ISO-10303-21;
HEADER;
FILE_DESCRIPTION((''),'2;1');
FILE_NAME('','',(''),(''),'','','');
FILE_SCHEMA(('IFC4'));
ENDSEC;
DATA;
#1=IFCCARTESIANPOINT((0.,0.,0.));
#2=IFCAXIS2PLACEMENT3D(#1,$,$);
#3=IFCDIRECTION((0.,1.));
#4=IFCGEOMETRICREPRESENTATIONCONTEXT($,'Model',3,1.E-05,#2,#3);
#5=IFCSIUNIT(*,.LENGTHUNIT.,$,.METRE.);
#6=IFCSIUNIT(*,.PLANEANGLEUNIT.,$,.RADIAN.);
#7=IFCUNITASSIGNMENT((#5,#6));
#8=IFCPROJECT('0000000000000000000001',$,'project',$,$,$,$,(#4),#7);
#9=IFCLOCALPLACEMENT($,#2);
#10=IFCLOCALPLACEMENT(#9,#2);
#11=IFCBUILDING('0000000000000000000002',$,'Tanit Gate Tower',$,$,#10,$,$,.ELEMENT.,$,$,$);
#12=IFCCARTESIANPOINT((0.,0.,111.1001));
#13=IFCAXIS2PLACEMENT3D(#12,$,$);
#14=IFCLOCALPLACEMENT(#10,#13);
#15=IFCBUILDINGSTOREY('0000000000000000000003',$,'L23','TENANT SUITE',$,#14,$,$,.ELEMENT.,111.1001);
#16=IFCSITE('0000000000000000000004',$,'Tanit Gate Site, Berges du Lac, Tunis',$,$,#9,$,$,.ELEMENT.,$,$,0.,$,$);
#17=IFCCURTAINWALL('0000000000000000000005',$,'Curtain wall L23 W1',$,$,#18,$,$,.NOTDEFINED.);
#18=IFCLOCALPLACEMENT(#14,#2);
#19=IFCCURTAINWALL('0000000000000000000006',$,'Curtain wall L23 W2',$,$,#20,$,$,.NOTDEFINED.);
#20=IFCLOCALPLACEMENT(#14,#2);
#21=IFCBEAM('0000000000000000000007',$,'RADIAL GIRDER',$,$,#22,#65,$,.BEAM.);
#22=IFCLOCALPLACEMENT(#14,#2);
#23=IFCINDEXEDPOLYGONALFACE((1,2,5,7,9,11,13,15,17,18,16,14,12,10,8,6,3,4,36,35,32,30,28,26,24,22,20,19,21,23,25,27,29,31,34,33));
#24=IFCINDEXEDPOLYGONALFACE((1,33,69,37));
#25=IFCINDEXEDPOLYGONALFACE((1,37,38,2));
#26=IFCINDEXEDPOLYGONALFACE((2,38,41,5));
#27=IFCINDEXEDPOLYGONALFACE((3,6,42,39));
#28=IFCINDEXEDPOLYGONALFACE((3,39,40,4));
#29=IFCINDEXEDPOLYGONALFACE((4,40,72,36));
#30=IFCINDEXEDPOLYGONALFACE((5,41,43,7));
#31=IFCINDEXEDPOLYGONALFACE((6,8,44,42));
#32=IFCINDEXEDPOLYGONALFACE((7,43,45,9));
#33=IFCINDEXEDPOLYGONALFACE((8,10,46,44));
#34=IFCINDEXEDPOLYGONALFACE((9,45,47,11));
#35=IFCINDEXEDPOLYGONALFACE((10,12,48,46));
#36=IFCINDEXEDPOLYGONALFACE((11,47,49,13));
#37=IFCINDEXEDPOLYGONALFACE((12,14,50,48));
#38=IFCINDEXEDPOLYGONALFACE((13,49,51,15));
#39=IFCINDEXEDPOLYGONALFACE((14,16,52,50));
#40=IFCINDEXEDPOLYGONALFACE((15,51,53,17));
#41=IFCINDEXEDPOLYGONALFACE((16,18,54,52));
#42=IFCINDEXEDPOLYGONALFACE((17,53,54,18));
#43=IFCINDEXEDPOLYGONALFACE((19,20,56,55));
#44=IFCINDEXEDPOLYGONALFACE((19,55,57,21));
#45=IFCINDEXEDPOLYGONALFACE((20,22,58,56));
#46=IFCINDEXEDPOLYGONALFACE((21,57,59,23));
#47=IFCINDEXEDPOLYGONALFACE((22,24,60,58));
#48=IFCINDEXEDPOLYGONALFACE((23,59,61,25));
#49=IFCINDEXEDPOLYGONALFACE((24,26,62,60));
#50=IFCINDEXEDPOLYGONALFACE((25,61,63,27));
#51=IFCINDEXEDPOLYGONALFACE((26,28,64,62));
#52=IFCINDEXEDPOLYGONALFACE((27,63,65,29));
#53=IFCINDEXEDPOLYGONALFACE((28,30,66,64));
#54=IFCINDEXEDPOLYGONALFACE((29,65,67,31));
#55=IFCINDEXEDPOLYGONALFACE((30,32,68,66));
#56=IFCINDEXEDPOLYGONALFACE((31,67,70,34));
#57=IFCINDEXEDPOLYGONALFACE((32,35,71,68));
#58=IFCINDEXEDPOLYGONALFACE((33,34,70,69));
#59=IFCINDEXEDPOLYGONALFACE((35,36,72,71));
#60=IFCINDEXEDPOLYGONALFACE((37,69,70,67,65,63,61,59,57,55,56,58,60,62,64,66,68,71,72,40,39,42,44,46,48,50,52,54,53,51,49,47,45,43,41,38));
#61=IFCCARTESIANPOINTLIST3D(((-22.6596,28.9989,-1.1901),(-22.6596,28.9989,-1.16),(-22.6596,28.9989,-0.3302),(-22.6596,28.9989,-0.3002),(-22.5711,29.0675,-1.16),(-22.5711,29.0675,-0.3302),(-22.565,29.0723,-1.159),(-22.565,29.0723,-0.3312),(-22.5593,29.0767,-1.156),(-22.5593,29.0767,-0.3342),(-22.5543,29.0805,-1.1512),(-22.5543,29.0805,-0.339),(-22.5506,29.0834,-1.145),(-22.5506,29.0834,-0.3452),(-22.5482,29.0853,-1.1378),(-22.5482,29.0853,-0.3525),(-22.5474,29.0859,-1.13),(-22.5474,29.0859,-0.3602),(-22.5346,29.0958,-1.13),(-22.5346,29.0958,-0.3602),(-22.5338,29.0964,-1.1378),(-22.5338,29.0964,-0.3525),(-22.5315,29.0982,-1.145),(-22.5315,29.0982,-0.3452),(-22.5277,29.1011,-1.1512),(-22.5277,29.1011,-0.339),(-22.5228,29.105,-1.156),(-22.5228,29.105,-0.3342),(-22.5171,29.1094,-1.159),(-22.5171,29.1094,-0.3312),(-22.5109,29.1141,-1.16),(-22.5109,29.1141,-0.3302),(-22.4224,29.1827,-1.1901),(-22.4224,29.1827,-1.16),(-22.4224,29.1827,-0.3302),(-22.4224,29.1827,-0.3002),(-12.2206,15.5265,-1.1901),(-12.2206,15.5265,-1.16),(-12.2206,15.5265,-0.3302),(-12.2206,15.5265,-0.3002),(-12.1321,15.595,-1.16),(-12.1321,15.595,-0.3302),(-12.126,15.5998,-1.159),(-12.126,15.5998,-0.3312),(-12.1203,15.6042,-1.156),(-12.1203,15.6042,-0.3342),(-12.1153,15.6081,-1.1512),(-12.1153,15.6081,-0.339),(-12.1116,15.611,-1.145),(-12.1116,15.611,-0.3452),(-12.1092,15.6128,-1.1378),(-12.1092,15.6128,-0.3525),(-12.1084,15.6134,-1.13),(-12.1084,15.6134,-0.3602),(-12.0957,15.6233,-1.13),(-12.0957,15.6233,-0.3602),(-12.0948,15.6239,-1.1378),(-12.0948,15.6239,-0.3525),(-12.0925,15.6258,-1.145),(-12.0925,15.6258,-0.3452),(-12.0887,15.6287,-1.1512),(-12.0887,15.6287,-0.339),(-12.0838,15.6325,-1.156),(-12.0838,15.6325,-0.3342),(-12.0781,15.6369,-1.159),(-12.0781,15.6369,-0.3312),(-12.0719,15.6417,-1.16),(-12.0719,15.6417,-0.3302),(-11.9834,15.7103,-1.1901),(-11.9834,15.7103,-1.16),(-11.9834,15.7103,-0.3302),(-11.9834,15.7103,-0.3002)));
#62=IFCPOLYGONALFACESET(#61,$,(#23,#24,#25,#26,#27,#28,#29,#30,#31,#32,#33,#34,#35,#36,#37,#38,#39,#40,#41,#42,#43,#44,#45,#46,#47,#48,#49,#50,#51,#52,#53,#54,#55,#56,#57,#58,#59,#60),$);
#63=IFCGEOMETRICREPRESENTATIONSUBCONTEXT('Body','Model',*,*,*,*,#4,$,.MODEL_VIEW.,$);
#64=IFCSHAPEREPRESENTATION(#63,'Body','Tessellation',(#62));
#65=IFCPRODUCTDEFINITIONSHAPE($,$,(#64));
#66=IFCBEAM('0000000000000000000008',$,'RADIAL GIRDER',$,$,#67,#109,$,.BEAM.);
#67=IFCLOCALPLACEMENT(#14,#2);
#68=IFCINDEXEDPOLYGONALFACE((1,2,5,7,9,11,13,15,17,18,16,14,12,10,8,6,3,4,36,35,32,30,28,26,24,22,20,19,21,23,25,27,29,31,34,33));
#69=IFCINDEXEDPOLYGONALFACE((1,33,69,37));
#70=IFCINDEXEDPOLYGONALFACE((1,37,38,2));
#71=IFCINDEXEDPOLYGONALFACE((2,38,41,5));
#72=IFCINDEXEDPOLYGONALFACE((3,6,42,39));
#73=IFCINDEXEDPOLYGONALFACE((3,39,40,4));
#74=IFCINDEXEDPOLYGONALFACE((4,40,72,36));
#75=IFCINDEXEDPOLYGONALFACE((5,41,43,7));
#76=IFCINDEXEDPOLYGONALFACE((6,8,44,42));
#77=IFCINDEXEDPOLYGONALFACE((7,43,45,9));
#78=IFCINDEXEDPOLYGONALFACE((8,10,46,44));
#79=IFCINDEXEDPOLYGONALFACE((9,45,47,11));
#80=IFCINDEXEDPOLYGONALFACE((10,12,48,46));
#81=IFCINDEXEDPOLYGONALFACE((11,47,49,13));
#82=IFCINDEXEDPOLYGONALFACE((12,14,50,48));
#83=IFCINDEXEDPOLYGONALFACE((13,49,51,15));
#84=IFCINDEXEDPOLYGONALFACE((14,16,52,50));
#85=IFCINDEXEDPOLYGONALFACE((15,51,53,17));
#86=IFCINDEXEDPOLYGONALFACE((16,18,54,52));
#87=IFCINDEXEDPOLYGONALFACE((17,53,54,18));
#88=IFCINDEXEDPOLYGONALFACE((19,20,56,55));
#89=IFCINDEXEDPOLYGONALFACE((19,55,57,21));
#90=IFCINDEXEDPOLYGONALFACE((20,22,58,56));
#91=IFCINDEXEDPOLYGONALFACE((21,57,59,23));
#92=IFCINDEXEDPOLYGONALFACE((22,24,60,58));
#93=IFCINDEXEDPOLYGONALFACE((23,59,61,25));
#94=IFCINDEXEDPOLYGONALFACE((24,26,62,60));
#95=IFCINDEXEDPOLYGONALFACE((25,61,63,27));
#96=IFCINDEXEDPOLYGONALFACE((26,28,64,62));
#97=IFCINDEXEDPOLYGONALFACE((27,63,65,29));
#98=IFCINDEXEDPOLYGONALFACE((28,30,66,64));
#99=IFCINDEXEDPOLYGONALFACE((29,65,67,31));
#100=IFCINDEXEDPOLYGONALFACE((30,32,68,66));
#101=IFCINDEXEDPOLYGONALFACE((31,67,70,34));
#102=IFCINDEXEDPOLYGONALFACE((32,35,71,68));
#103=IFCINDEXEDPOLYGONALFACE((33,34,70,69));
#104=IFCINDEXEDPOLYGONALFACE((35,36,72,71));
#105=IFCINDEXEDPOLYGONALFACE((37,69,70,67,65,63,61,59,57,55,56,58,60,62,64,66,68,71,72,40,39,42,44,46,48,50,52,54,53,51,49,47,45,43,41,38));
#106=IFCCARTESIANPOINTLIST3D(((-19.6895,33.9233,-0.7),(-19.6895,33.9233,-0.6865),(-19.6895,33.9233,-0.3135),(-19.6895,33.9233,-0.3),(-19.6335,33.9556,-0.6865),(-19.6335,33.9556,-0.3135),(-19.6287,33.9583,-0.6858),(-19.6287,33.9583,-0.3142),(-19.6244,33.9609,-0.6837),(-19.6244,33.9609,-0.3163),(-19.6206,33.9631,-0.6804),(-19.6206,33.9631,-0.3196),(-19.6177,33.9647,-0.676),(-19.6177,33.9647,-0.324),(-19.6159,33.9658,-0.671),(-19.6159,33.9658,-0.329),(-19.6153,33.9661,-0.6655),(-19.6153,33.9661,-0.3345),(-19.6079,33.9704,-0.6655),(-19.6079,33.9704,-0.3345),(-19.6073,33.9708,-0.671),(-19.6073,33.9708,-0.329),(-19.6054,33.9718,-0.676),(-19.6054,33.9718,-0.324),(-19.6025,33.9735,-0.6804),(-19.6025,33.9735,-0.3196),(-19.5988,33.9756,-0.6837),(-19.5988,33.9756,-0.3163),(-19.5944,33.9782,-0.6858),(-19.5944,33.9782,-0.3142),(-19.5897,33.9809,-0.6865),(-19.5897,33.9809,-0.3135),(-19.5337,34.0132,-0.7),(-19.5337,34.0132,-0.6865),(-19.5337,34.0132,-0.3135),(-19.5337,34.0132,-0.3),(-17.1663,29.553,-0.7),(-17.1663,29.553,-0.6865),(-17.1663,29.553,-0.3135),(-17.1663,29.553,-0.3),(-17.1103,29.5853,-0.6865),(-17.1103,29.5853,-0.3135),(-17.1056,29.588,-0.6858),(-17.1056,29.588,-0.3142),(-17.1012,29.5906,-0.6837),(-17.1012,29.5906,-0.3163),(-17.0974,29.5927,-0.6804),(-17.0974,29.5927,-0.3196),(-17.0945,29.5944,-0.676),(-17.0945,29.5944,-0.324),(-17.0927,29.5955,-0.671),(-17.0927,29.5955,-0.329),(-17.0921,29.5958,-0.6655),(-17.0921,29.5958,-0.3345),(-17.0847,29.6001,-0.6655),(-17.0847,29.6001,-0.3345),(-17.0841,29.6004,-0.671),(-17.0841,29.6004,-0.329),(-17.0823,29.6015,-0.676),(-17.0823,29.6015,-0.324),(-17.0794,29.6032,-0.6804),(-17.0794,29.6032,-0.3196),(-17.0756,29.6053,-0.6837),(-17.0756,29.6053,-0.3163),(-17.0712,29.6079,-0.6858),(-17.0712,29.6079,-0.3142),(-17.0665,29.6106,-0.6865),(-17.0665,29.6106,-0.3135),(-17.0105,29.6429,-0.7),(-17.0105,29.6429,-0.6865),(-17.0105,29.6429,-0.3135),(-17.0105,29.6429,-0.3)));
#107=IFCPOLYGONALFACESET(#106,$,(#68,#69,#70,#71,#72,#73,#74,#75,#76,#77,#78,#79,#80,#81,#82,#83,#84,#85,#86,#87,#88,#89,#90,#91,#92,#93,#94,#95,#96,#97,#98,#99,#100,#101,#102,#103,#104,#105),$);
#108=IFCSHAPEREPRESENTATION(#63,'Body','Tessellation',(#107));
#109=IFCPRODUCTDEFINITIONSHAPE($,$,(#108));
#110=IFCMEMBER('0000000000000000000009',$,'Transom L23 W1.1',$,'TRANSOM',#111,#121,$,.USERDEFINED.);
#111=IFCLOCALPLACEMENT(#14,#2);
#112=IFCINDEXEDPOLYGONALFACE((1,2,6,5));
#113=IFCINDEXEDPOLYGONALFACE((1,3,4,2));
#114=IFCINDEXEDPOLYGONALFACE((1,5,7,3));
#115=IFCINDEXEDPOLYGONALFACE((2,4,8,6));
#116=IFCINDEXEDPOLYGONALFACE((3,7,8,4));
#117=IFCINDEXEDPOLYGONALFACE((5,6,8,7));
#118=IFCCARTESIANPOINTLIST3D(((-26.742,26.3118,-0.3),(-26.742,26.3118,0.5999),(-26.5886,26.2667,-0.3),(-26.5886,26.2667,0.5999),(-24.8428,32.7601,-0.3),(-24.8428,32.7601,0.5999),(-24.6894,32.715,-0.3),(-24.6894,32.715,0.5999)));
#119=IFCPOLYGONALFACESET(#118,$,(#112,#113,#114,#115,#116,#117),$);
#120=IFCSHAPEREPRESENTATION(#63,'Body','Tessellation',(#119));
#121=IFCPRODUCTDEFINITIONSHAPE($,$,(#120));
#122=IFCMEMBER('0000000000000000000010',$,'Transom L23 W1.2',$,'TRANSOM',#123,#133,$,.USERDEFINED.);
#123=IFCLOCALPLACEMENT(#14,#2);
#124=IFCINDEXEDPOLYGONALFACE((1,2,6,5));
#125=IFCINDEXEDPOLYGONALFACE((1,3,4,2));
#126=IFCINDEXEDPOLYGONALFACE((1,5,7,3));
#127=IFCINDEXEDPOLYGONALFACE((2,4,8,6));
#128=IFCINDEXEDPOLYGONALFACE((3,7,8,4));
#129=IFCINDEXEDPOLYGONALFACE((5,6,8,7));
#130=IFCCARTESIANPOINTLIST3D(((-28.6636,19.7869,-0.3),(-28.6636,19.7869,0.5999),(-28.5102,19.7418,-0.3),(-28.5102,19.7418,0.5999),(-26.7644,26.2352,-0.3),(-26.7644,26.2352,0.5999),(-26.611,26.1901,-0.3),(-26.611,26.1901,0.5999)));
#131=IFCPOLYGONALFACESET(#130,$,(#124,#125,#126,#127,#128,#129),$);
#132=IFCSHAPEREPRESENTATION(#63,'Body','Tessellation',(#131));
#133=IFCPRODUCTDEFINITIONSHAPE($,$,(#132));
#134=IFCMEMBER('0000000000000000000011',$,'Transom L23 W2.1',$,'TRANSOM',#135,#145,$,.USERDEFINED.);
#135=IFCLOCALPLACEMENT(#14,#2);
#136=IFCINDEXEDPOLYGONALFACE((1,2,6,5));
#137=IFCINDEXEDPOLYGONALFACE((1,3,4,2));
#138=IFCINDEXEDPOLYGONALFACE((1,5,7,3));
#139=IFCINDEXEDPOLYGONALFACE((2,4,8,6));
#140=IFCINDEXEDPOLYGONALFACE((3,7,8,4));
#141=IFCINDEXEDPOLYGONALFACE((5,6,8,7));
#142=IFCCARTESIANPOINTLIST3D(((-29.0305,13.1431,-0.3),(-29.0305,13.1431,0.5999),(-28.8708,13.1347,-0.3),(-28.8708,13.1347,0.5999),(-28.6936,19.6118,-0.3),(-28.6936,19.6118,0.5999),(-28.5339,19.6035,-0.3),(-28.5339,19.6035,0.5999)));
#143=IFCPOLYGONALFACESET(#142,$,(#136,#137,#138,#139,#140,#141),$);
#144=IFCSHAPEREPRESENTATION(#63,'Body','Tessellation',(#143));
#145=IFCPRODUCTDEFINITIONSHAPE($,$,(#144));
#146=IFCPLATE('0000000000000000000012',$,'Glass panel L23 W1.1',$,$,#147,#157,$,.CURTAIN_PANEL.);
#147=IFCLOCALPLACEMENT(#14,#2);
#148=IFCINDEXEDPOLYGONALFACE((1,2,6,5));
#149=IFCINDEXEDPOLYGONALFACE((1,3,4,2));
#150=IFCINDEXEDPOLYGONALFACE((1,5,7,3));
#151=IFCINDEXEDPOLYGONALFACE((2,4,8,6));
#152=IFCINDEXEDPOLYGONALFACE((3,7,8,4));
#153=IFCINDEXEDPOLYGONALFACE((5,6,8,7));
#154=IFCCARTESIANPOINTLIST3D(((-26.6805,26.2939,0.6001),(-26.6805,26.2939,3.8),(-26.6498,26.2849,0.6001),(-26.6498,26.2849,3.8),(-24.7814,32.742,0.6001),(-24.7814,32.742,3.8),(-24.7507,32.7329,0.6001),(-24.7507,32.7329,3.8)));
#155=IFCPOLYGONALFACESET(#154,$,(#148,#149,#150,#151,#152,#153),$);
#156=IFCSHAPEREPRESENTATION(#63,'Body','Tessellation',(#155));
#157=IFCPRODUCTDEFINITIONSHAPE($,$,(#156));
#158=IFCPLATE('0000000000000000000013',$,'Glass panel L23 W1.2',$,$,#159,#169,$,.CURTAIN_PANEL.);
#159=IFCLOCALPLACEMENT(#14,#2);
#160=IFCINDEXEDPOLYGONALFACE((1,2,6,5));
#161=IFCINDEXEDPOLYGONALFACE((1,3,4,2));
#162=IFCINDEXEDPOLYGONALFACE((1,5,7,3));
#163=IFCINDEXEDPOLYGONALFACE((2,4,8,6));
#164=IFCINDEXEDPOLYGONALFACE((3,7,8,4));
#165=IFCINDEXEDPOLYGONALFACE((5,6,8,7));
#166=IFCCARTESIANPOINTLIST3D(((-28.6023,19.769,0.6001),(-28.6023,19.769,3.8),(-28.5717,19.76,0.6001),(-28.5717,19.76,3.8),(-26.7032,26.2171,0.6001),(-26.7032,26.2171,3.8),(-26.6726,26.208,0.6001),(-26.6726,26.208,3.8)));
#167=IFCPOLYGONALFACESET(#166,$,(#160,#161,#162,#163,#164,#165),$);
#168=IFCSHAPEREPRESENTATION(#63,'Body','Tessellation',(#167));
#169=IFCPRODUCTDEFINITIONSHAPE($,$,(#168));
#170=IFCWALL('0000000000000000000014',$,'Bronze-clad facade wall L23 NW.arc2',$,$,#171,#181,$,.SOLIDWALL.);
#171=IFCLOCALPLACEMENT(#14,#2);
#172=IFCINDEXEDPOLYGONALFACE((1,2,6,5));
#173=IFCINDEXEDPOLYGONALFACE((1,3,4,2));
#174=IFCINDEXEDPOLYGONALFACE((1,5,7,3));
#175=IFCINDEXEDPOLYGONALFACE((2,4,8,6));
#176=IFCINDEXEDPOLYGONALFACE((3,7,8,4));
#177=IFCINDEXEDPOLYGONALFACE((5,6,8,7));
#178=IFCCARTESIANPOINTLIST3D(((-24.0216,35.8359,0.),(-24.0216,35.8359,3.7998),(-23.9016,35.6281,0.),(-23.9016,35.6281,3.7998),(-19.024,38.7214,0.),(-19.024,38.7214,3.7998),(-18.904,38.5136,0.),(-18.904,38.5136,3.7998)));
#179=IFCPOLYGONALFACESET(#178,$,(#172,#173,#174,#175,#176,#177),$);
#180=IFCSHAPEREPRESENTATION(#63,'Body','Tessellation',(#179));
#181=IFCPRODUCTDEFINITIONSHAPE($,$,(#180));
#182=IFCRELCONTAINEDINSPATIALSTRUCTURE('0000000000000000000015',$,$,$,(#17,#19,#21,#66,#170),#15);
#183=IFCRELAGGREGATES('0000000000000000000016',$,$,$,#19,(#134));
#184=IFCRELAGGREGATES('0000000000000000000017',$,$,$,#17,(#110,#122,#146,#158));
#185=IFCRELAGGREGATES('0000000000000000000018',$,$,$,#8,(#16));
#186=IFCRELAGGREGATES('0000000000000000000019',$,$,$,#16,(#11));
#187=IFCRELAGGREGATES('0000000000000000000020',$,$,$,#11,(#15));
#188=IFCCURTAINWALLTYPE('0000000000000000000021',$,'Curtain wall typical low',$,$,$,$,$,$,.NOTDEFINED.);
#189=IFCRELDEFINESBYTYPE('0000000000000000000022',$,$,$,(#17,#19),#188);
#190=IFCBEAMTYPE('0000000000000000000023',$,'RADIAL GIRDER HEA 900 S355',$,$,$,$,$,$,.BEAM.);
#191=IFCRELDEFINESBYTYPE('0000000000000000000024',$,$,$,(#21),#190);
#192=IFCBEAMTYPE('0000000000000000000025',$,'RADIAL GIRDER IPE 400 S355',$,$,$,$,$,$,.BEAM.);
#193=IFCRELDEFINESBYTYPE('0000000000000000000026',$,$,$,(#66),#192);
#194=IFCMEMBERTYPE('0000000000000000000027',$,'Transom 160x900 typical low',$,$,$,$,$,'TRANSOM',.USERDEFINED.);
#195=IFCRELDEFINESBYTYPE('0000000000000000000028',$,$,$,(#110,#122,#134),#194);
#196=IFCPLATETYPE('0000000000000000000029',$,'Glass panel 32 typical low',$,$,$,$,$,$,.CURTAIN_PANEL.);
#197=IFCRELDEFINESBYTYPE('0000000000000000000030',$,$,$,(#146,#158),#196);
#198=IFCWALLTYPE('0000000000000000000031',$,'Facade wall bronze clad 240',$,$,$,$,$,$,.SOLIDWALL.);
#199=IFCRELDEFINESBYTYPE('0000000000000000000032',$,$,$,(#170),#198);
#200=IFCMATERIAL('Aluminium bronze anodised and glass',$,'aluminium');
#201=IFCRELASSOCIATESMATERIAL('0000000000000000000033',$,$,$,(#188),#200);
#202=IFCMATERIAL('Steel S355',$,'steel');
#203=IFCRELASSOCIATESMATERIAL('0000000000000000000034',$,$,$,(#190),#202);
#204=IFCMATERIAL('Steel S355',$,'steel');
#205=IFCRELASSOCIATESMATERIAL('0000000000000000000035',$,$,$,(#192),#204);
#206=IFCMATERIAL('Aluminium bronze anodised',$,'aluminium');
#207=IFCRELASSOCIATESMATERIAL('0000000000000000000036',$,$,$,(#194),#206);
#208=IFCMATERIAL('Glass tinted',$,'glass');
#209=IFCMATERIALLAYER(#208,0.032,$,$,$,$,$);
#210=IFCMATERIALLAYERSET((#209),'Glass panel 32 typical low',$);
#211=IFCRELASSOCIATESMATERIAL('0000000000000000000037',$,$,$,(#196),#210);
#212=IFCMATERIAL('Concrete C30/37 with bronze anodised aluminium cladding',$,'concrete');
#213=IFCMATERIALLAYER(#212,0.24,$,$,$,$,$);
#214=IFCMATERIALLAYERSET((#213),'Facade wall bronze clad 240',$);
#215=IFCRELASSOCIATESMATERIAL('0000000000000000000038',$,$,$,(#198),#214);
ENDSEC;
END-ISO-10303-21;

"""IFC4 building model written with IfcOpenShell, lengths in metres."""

from ifc_helpers import new_model, si_unit, direction, frame, frame_2d, origin, origin_2d, place, context, subcontext, project, spatial, rectangle, i_section, extrude, material, layer, layer_set, material_profile, profile_set, type_object, element, aggregate, save


model = new_model("IFC4")

# Units and contexts
model_context = context("Model", 3, precision=1e-05, world=origin(), true_north=direction((0.0, 1.0)))
body_context = subcontext(model_context, "Body", "Model", "MODEL_VIEW")
ifc_project = project(units=[si_unit("LENGTHUNIT", "METRE"), si_unit("PLANEANGLEUNIT", "RADIAN")], contexts=[model_context])

# Site, building, storey
site_placement = place(None, origin())
site = spatial("IfcSite", under=ifc_project, at=site_placement, Name="Tanit Gate Site, Berges du Lac, Tunis", CompositionType="ELEMENT", RefElevation=0.0)
building_placement = place(site_placement, origin())
building = spatial("IfcBuilding", under=site, at=building_placement, Name="Tanit Gate Tower", CompositionType="ELEMENT")
storey_placement = place(building_placement, frame((0.0, 0.0, 111.1001)))
storey = spatial("IfcBuildingStorey", under=building, at=storey_placement, Name="L23", Description="TENANT SUITE", CompositionType="ELEMENT", Elevation=111.1001)

# Curtain walls
ifc_material_1 = material(Name="Aluminium bronze anodised and glass", Category="aluminium")
curtain_wall_type = type_object("IfcCurtainWallType", Name="Curtain wall typical low", PredefinedType="NOTDEFINED", material=ifc_material_1)
curtain_wall_1_placement = place(storey_placement, origin())
curtain_wall_1 = element("IfcCurtainWall", 1, at=curtain_wall_1_placement, inside=storey, type_object=curtain_wall_type, Name="Curtain wall L23 W1", PredefinedType="NOTDEFINED")
curtain_wall_2_placement = place(storey_placement, origin())
curtain_wall_2 = element("IfcCurtainWall", 2, at=curtain_wall_2_placement, inside=storey, type_object=curtain_wall_type, Name="Curtain wall L23 W2", PredefinedType="NOTDEFINED")

# Beams
ifc_material_2 = material(Name="Steel S355", Category="steel")
ifc_material_profile_1 = material_profile(ifc_material_2, i_section(OverallWidth=0.3, OverallDepth=0.8899, WebThickness=0.0161, FlangeThickness=0.03, FilletRadius=0.03, at=origin_2d()), Name="HEA 900")
ifc_profile_set_1 = profile_set([ifc_material_profile_1], Name="Steel S355")
beam_type_1 = type_object("IfcBeamType", Name="RADIAL GIRDER HEA 900 S355", PredefinedType="BEAM", material=ifc_profile_set_1)
beam_1_placement = place(storey_placement, frame((-22.541, 29.0908, -0.7451), z_axis=(0.612493, -0.790476, 0.0), x_axis=(0.790476, 0.612493, 0.0)))
element("IfcBeam", 3, at=beam_1_placement, inside=storey, type_object=beam_type_1, Name="RADIAL GIRDER", PredefinedType="BEAM", context=body_context, shape_type="SweptSolid", body=[
    extrude(i_section(OverallWidth=0.3, OverallDepth=0.8899, WebThickness=0.0161, FlangeThickness=0.03, FilletRadius=0.03, at=origin_2d()), origin(), (0.0, 0.0, 1.0), 17.0435),
])
ifc_material_3 = material(Name="Steel S355", Category="steel")
ifc_material_profile_2 = material_profile(ifc_material_3, i_section(OverallWidth=0.1799, OverallDepth=0.3999, WebThickness=0.0085, FlangeThickness=0.0134, FilletRadius=0.021, at=origin_2d()), Name="IPE 400")
ifc_profile_set_2 = profile_set([ifc_material_profile_2], Name="Steel S355")
beam_type_2 = type_object("IfcBeamType", Name="RADIAL GIRDER IPE 400 S355", PredefinedType="BEAM", material=ifc_profile_set_2)
beam_2_placement = place(storey_placement, frame((-19.6116, 33.9683, -0.5), z_axis=(0.499995, -0.866028, 0.0), x_axis=(0.866028, 0.499995, 0.0)))
element("IfcBeam", 4, at=beam_2_placement, inside=storey, type_object=beam_type_2, Name="RADIAL GIRDER", PredefinedType="BEAM", context=body_context, shape_type="SweptSolid", body=[
    extrude(i_section(OverallWidth=0.1799, OverallDepth=0.3999, WebThickness=0.0085, FlangeThickness=0.0134, FilletRadius=0.021, at=origin_2d()), origin(), (0.0, 0.0, 1.0), 5.0464),
])

# Members
ifc_material_4 = material(Name="Aluminium bronze anodised", Category="aluminium")
ifc_material_profile_3 = material_profile(ifc_material_4, rectangle(XDim=0.1599, YDim=0.8999, at=origin_2d()), Name="160x900 bronze transom")
ifc_profile_set_3 = profile_set([ifc_material_profile_3], Name="Aluminium bronze anodised")
member_type_1 = type_object("IfcMemberType", Name="Transom 160x900 typical low", ElementType="TRANSOM", PredefinedType="USERDEFINED", material=ifc_profile_set_3)
member_1_placement = place(storey_placement, frame((-24.7661, 32.7375, 0.1499), z_axis=(-0.282526, -0.95926, 0.0), x_axis=(0.95926, -0.282526, 0.0)))
member_1 = element("IfcMember", 5, at=member_1_placement, type_object=member_type_1, Name="Transom L23 W1.1", ObjectType="TRANSOM", PredefinedType="USERDEFINED", context=body_context, shape_type="SweptSolid", body=[
    extrude(rectangle(XDim=0.1599, YDim=0.8999, at=origin_2d()), origin(), (0.0, 0.0, 1.0), 6.7222),
])
member_2_placement = place(storey_placement, frame((-26.6877, 26.2126, 0.1499), z_axis=(-0.282526, -0.95926, 0.0), x_axis=(0.95926, -0.282526, 0.0)))
member_2 = element("IfcMember", 6, at=member_2_placement, type_object=member_type_1, Name="Transom L23 W1.2", ObjectType="TRANSOM", PredefinedType="USERDEFINED", context=body_context, shape_type="SweptSolid", body=[
    extrude(rectangle(XDim=0.1599, YDim=0.8999, at=origin_2d()), origin(), (0.0, 0.0, 1.0), 6.7222),
])
member_3_placement = place(storey_placement, frame((-28.6138, 19.6077, 0.1499), z_axis=(-0.052013, -0.998646, 0.0), x_axis=(0.998646, -0.052013, 0.0)))
member_3 = element("IfcMember", 7, at=member_3_placement, type_object=member_type_1, Name="Transom L23 W2.1", ObjectType="TRANSOM", PredefinedType="USERDEFINED", context=body_context, shape_type="SweptSolid", body=[
    extrude(rectangle(XDim=0.1599, YDim=0.8999, at=origin_2d()), origin(), (0.0, 0.0, 1.0), 6.4775),
])
aggregate(curtain_wall_2, [member_3])

# Plates
ifc_material_5 = material(Name="Glass tinted", Category="glass")
ifc_layer_1 = layer(ifc_material_5, 0.032)
ifc_layer_set_1 = layer_set([ifc_layer_1], Name="Glass panel 32 typical low")
plate_type = type_object("IfcPlateType", Name="Glass panel 32 typical low", PredefinedType="CURTAIN_PANEL", material=ifc_layer_set_1)
plate_1_placement = place(storey_placement, frame((-25.7156, 29.5134, 0.6001), z_axis=(0.0, 0.0, 1.0), x_axis=(-0.282525, -0.95926, 0.0)))
plate_1 = element("IfcPlate", 8, at=plate_1_placement, type_object=plate_type, Name="Glass panel L23 W1.1", PredefinedType="CURTAIN_PANEL", context=body_context, shape_type="SweptSolid", body=[
    extrude(rectangle(XDim=6.7219, YDim=0.032, at=origin_2d()), origin(), (0.0, 0.0, 1.0), 3.2),
])
plate_2_placement = place(storey_placement, frame((-27.6375, 22.9885, 0.6001), z_axis=(0.0, 0.0, 1.0), x_axis=(-0.282525, -0.95926, 0.0)))
plate_2 = element("IfcPlate", 9, at=plate_2_placement, type_object=plate_type, Name="Glass panel L23 W1.2", PredefinedType="CURTAIN_PANEL", context=body_context, shape_type="SweptSolid", body=[
    extrude(rectangle(XDim=6.7219, YDim=0.032, at=origin_2d()), origin(), (0.0, 0.0, 1.0), 3.2),
])
aggregate(curtain_wall_1, [member_1, member_2, plate_1, plate_2])

# Wall
ifc_material_6 = material(Name="Concrete C30/37 with bronze anodised aluminium cladding", Category="concrete")
ifc_layer_2 = layer(ifc_material_6, 0.24)
ifc_layer_set_2 = layer_set([ifc_layer_2], Name="Facade wall bronze clad 240")
wall_type_1 = type_object("IfcWallType", Name="Facade wall bronze clad 240", PredefinedType="SOLIDWALL", material=ifc_layer_set_2)
wall_1_placement = place(storey_placement, frame((-18.9641, 38.6174, 0.0), z_axis=(0.0, 0.0, 1.0), x_axis=(-0.866014, -0.50002, 0.0)))
element("IfcWall", 10, at=wall_1_placement, inside=storey, type_object=wall_type_1, Name="Bronze-clad facade wall L23 NW.arc2", PredefinedType="SOLIDWALL", context=body_context, shape_type="SweptSolid", body=[
    extrude(rectangle(XDim=5.7708, YDim=0.24, at=frame_2d((2.8853, 0.0))), origin(), (0.0, 0.0, 1.0), 3.7998),
])

save(model, "model.ifc")
